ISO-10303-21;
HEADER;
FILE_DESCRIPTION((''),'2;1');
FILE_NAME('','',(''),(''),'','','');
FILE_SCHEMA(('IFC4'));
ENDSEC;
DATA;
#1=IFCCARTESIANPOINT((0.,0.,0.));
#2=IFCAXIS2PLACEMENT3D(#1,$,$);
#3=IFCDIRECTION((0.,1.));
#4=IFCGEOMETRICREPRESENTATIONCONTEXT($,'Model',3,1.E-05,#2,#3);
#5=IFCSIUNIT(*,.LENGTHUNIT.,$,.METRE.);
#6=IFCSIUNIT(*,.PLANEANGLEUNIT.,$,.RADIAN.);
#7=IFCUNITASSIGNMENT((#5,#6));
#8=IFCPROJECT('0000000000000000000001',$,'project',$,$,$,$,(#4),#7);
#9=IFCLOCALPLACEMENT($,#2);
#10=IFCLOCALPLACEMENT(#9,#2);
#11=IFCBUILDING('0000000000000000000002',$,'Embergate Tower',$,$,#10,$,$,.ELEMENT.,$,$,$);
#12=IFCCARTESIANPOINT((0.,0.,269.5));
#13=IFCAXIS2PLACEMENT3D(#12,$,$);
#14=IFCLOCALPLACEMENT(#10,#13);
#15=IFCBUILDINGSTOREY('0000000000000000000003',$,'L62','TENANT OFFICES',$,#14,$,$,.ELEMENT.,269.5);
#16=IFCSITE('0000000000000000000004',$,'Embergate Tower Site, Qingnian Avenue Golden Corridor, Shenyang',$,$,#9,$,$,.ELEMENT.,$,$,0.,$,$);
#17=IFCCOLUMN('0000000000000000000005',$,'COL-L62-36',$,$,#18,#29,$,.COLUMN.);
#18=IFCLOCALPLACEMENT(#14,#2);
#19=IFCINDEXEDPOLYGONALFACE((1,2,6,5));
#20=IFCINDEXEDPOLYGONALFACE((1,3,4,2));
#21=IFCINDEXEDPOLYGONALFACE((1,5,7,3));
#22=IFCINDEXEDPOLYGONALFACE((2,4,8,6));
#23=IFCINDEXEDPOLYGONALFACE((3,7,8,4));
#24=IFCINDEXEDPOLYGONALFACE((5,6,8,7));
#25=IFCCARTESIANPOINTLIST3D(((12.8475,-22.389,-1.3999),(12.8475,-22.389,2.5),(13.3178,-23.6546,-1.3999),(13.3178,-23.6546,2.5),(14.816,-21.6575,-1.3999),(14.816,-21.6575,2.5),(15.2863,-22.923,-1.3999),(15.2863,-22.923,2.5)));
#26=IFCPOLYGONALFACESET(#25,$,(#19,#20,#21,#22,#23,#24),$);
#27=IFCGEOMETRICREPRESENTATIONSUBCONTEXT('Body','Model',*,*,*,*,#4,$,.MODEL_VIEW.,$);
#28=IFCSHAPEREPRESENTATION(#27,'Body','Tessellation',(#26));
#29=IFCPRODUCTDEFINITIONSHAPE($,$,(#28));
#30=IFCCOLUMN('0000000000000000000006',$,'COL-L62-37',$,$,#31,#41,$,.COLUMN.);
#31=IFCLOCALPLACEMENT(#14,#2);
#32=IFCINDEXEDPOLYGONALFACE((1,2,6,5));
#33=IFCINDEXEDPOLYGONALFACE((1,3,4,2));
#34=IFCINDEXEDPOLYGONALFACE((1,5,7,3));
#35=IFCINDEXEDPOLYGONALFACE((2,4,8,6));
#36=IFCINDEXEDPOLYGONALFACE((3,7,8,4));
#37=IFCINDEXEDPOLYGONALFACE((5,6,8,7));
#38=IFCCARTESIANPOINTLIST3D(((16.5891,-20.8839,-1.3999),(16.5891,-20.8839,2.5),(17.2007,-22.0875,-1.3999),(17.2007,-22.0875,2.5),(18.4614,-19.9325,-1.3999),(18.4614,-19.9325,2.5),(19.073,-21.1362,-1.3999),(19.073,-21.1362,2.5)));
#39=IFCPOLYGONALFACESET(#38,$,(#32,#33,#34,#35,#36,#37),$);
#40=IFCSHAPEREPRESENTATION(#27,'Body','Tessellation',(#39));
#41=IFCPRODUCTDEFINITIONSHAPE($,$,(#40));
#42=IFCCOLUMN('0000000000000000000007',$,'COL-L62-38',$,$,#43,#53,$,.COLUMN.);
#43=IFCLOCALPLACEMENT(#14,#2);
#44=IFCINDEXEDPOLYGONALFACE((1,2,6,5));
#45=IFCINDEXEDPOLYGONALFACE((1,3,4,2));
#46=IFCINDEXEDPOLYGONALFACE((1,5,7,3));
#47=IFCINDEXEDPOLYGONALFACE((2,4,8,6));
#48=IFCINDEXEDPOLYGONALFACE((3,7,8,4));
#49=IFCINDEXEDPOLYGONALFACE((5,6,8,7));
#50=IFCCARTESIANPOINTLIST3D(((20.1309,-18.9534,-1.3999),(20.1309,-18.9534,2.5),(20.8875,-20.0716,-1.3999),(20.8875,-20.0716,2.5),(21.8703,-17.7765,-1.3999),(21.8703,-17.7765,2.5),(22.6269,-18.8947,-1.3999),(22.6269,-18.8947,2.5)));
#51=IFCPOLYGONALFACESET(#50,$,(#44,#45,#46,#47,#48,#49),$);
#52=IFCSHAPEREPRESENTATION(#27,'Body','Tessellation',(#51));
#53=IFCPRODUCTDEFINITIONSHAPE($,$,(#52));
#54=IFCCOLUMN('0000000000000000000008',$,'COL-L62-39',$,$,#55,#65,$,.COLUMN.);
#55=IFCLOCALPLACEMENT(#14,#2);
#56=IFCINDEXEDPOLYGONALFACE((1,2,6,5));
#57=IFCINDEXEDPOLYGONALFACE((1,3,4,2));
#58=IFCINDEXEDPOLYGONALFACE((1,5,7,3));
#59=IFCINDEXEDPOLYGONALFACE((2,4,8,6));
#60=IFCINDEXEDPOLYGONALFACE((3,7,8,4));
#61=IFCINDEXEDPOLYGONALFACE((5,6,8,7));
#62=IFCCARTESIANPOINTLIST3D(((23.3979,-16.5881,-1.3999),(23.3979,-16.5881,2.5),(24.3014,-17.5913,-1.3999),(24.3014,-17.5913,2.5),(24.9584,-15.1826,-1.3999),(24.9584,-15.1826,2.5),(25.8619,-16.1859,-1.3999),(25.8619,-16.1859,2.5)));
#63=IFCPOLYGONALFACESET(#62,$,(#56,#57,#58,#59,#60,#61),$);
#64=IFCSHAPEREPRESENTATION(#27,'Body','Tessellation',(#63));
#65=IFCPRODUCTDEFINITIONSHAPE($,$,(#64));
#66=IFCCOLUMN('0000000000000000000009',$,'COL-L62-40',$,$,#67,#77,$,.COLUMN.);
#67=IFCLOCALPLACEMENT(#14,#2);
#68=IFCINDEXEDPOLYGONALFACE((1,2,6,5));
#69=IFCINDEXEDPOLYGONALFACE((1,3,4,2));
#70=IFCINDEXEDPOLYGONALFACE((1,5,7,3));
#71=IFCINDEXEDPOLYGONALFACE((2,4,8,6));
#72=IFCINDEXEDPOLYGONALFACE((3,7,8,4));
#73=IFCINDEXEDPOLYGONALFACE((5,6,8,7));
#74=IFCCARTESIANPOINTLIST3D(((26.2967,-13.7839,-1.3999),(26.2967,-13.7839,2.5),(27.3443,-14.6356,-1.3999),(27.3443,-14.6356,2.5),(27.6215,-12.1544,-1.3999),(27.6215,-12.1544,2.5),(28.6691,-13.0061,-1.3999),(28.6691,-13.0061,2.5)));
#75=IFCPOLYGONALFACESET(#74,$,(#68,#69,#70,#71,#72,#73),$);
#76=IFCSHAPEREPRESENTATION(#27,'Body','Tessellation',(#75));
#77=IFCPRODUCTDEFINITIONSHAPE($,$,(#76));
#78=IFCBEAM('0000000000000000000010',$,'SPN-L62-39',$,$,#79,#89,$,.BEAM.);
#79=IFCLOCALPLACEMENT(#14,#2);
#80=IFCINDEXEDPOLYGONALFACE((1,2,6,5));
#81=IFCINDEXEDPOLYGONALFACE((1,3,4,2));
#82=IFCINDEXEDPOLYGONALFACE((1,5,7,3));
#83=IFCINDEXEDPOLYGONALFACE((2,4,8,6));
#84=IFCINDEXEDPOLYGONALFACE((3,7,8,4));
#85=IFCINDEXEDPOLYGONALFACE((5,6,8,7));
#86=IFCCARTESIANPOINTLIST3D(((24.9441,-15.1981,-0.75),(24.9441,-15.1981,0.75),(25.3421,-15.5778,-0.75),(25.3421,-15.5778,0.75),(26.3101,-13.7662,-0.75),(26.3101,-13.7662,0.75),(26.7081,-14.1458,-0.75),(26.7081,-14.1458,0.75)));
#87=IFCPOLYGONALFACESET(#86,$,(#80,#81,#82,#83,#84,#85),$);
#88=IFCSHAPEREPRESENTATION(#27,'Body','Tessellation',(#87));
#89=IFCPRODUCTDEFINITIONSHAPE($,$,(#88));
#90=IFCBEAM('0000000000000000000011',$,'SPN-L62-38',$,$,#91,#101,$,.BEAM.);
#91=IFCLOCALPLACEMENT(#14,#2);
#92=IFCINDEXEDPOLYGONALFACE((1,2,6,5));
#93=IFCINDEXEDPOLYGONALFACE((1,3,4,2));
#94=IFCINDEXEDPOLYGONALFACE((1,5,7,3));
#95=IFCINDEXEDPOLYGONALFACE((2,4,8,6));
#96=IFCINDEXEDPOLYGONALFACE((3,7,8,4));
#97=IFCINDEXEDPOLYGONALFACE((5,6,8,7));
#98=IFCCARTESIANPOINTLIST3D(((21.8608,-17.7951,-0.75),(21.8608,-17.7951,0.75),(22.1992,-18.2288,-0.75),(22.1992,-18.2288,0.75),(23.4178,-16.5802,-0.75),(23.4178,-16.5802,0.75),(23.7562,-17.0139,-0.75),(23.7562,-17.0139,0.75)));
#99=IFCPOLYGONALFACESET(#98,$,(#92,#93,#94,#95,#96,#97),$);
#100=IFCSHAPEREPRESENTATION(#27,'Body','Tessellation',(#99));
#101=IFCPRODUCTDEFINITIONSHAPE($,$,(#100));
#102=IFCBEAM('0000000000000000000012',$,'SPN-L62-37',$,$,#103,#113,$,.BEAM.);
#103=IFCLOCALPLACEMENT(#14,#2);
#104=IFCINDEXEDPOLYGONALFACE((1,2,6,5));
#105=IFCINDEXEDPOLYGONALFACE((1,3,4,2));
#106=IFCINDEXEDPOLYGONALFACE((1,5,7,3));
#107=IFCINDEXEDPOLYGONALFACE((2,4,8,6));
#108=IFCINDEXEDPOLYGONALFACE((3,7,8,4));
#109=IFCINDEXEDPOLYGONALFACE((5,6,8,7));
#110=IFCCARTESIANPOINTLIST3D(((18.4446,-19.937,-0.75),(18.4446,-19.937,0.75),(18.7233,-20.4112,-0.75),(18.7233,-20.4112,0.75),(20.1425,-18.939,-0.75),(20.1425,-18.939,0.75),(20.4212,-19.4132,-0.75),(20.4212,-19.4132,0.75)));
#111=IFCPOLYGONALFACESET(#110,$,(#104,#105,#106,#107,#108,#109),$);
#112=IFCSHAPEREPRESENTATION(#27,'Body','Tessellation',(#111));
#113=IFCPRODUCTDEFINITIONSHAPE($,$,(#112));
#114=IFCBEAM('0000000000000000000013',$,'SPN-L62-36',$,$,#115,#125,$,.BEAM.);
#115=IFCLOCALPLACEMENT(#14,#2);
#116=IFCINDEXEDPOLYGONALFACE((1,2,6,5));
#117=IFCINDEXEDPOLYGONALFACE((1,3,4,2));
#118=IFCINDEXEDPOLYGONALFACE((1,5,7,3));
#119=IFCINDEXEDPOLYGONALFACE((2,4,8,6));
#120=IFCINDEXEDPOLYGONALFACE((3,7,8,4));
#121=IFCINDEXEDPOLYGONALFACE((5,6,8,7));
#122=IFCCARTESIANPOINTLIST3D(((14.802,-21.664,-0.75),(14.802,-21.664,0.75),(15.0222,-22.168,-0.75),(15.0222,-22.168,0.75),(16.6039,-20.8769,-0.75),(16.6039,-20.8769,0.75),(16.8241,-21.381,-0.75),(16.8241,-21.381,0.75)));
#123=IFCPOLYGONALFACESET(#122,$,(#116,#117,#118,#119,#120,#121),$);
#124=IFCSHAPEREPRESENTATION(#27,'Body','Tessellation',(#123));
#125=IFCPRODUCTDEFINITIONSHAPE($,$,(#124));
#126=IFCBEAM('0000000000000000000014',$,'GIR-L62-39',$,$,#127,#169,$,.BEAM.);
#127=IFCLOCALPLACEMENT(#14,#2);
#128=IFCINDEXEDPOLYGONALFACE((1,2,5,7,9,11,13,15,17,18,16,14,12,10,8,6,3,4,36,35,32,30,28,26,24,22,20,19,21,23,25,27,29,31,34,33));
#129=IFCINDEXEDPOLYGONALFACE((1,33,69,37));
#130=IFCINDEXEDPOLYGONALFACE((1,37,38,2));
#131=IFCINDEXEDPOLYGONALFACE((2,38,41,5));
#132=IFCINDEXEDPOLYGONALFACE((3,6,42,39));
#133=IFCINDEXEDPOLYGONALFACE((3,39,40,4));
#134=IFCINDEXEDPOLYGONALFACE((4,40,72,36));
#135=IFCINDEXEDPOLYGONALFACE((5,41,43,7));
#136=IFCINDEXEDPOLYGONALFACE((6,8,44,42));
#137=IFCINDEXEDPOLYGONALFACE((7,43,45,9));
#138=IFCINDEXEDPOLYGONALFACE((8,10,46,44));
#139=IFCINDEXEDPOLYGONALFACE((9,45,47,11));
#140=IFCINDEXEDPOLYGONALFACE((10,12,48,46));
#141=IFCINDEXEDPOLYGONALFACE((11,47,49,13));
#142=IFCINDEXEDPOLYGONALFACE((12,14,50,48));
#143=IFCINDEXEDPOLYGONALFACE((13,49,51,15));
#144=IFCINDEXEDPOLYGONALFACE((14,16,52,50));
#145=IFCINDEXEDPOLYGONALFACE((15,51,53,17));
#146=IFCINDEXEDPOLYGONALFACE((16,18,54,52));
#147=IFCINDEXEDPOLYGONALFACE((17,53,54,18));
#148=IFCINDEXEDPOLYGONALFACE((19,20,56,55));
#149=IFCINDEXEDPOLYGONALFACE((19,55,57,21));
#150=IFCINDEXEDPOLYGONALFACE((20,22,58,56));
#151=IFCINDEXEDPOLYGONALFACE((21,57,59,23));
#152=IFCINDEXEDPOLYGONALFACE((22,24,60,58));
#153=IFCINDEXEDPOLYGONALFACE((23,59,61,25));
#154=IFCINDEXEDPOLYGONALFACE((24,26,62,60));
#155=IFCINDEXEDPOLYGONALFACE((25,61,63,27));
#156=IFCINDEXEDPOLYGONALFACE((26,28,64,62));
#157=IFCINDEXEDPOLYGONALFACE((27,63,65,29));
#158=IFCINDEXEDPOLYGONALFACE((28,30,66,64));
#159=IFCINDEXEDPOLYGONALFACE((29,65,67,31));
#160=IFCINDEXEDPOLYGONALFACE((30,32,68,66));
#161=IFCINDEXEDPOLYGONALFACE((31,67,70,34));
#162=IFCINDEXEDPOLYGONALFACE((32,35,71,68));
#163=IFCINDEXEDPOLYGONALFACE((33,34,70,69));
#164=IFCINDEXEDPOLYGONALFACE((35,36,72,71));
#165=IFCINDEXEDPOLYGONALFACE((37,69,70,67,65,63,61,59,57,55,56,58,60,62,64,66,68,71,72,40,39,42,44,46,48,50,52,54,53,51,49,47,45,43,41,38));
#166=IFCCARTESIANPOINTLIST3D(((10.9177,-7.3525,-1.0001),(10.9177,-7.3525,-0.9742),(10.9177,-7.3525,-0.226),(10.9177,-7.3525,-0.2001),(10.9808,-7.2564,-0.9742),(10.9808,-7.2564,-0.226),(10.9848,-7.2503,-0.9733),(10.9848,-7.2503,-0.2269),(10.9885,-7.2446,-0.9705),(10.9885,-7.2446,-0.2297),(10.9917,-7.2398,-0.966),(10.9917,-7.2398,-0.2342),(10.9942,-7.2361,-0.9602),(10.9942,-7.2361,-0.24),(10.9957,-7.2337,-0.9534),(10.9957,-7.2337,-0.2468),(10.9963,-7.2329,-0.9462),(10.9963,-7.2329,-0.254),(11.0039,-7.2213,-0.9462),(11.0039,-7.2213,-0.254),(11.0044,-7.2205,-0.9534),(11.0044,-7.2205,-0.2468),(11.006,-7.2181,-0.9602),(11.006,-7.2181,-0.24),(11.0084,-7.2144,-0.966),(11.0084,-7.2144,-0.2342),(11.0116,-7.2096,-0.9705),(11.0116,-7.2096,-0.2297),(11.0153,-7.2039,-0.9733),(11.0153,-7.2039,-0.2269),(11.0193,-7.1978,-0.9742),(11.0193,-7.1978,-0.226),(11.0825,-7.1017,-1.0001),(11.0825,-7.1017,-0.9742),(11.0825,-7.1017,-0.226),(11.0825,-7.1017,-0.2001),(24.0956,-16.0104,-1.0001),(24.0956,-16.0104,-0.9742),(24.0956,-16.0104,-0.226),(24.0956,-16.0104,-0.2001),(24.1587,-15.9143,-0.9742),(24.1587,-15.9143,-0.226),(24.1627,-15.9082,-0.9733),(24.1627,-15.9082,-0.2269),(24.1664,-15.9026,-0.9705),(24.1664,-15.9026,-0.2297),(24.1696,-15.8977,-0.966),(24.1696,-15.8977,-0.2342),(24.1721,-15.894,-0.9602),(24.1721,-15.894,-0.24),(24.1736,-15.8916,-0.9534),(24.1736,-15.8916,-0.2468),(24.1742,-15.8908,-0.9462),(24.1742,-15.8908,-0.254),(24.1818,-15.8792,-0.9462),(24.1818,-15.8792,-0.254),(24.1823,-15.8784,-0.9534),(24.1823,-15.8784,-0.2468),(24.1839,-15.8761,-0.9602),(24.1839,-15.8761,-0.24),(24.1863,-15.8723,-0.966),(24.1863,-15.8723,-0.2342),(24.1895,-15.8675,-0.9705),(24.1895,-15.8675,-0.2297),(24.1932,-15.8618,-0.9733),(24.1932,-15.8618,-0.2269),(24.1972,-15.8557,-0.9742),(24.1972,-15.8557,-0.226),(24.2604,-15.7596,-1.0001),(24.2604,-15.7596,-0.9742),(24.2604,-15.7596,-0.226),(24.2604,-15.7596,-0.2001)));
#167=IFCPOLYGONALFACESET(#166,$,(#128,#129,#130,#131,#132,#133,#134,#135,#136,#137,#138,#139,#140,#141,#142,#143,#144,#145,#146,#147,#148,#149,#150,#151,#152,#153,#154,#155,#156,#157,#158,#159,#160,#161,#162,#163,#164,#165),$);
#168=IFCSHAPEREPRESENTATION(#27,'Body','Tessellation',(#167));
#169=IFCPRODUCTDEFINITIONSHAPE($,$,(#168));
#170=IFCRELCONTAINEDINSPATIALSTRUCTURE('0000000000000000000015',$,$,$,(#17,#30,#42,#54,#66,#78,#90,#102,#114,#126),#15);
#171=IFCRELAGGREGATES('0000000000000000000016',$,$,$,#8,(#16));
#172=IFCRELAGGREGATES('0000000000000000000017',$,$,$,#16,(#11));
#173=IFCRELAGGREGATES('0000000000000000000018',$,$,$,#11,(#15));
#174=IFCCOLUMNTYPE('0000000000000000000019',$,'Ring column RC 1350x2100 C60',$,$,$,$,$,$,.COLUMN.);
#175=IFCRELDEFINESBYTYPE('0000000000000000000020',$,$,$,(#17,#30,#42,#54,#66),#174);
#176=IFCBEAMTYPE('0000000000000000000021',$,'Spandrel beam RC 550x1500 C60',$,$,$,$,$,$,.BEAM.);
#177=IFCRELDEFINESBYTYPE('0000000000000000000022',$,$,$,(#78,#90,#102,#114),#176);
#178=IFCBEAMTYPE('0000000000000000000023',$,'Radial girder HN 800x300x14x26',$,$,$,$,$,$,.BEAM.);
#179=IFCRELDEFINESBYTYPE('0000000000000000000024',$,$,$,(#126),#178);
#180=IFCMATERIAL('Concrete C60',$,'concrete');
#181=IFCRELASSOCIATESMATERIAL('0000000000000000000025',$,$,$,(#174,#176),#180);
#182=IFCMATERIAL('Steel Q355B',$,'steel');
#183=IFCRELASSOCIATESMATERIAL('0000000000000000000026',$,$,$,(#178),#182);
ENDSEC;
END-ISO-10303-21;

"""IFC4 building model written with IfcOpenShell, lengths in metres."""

from ifc_helpers import new_model, si_unit, direction, frame, origin, origin_2d, place, context, subcontext, project, spatial, rectangle, i_section, extrude, source, transform, mapped, material, material_profile, profile_set, type_object, element, save


model = new_model("IFC4")

# Units and contexts
model_context = context("Model", 3, precision=1e-05, world=origin(), true_north=direction((0.0, 1.0)))
body_context = subcontext(model_context, "Body", "Model", "MODEL_VIEW")
ifc_project = project(units=[si_unit("LENGTHUNIT", "METRE"), si_unit("PLANEANGLEUNIT", "RADIAN")], contexts=[model_context])

# Site, building, storey
site_placement = place(None, origin())
site = spatial("IfcSite", under=ifc_project, at=site_placement, Name="Embergate Tower Site, Qingnian Avenue Golden Corridor, Shenyang", CompositionType="ELEMENT", RefElevation=0.0)
building_placement = place(site_placement, origin())
building = spatial("IfcBuilding", under=site, at=building_placement, Name="Embergate Tower", CompositionType="ELEMENT")
storey_placement = place(building_placement, frame((0.0, 0.0, 269.5)))
storey = spatial("IfcBuildingStorey", under=building, at=storey_placement, Name="L62", Description="TENANT OFFICES", CompositionType="ELEMENT", Elevation=269.5)

# Columns
ifc_material_1 = material(Name="Concrete C60", Category="concrete")
ifc_material_profile_1 = material_profile(ifc_material_1, rectangle(XDim=1.3501, YDim=2.1001, at=origin_2d()), Name="RC 1350x2100")
ifc_profile_set_1 = profile_set([ifc_material_profile_1], Name="Concrete C60")
column_type = type_object("IfcColumnType", Name="Ring column RC 1350x2100 C60", PredefinedType="COLUMN", material=ifc_profile_set_1)
shared_shape_1 = source(origin(), body_context, "Body", "SweptSolid", [
    extrude(rectangle(XDim=1.3501, YDim=2.1001, at=origin_2d()), origin(), (0.0, 0.0, 1.0), 3.8999),
])
for number, where, z_axis, x_axis, name in (
    (1, (14.0669, -22.656, -1.3999), (0.0, 0.0, 1.0), (0.348343, -0.937367, 0.0), "COL-L62-36"),
    (2, (17.8311, -21.01, -1.3999), (0.0, 0.0, 1.0), (0.452995, -0.891513, 0.0), "COL-L62-37"),
    (3, (21.3789, -18.9241, -1.3999), (0.0, 0.0, 1.0), (0.560393, -0.828227, 0.0), "COL-L62-38"),
    (4, (24.6299, -16.387, -1.3999), (0.0, 0.0, 1.0), (0.669208, -0.743075, 0.0), "COL-L62-39"),
    (5, (27.4829, -13.395, -1.3999), (0.0, 0.0, 1.0), (0.775914, -0.630838, 0.0), "COL-L62-40"),
):
    element("IfcColumn", number, at=place(storey_placement, frame(where, z_axis=z_axis, x_axis=x_axis)), inside=storey, type_object=column_type, Name=name, PredefinedType="COLUMN", context=body_context, shape_type="MappedRepresentation", body=[
        mapped(shared_shape_1, transform((0.0, 0.0, 0.0))),
    ])

# Beams
ifc_material_profile_2 = material_profile(ifc_material_1, rectangle(XDim=0.55, YDim=1.5, at=origin_2d()), Name="RC 550x1500")
ifc_profile_set_2 = profile_set([ifc_material_profile_2], Name="Concrete C60")
beam_type_1 = type_object("IfcBeamType", Name="Spandrel beam RC 550x1500 C60", PredefinedType="BEAM", material=ifc_profile_set_2)
shared_shape_2 = source(origin(), body_context, "Body", "SweptSolid", [
    extrude(rectangle(XDim=0.55, YDim=1.5, at=origin_2d()), origin(), (0.0, 0.0, 1.0), 1.979),
])
beam_1_placement = place(storey_placement, frame((25.1431, -15.3879, 0.0), z_axis=(0.690256, 0.723566, 0.0), x_axis=(-0.723566, 0.690256, 0.0)))
element("IfcBeam", 6, at=beam_1_placement, inside=storey, type_object=beam_type_1, Name="SPN-L62-39", PredefinedType="BEAM", context=body_context, shape_type="MappedRepresentation", body=[
    mapped(shared_shape_2, transform((0.0, 0.0, 0.0))),
])
shared_shape_3 = source(origin(), body_context, "Body", "SweptSolid", [
    extrude(rectangle(XDim=0.55, YDim=1.5, at=origin_2d()), origin(), (0.0, 0.0, 1.0), 1.9749),
])
beam_2_placement = place(storey_placement, frame((22.03, -18.012, 0.0), z_axis=(0.788386, 0.615181, 0.0), x_axis=(-0.615181, 0.788386, 0.0)))
element("IfcBeam", 7, at=beam_2_placement, inside=storey, type_object=beam_type_1, Name="SPN-L62-38", PredefinedType="BEAM", context=body_context, shape_type="MappedRepresentation", body=[
    mapped(shared_shape_3, transform((0.0, 0.0, 0.0))),
])
shared_shape_4 = source(origin(), body_context, "Body", "SweptSolid", [
    extrude(rectangle(XDim=0.55, YDim=1.5, at=origin_2d()), origin(), (0.0, 0.0, 1.0), 1.9695),
])
beam_3_placement = place(storey_placement, frame((18.584, -20.1741, 0.0), z_axis=(0.862106, 0.506728, 0.0), x_axis=(-0.506728, 0.862106, 0.0)))
element("IfcBeam", 8, at=beam_3_placement, inside=storey, type_object=beam_type_1, Name="SPN-L62-37", PredefinedType="BEAM", context=body_context, shape_type="MappedRepresentation", body=[
    mapped(shared_shape_4, transform((0.0, 0.0, 0.0))),
])
shared_shape_5 = source(origin(), body_context, "Body", "SweptSolid", [
    extrude(rectangle(XDim=0.55, YDim=1.5, at=origin_2d()), origin(), (0.0, 0.0, 1.0), 1.9663),
])
beam_4_placement = place(storey_placement, frame((14.9121, -21.916, 0.0), z_axis=(0.916394, 0.400278, 0.0), x_axis=(-0.400278, 0.916394, 0.0)))
element("IfcBeam", 9, at=beam_4_placement, inside=storey, type_object=beam_type_1, Name="SPN-L62-36", PredefinedType="BEAM", context=body_context, shape_type="MappedRepresentation", body=[
    mapped(shared_shape_5, transform((0.0, 0.0, 0.0))),
])
ifc_material_2 = material(Name="Steel Q355B", Category="steel")
ifc_material_profile_3 = material_profile(ifc_material_2, i_section(OverallWidth=0.3, OverallDepth=0.8, WebThickness=0.0139, FlangeThickness=0.0259, FilletRadius=0.0281, at=origin_2d()), Name="HN 800x300x14x26")
ifc_profile_set_3 = profile_set([ifc_material_profile_3], Name="Steel Q355 grade B")
beam_type_2 = type_object("IfcBeamType", Name="Radial girder HN 800x300x14x26", PredefinedType="BEAM", material=ifc_profile_set_3)
shared_shape_6 = source(origin(), body_context, "Body", "SweptSolid", [
    extrude(i_section(OverallWidth=0.3, OverallDepth=0.8, WebThickness=0.0139, FlangeThickness=0.0259, FilletRadius=0.0281, at=origin_2d()), origin(), (0.0, 0.0, 1.0), 15.7676),
])
beam_5_placement = place(storey_placement, frame((24.178, -15.885, -0.6001), z_axis=(-0.835759, 0.549096, 0.0), x_axis=(-0.549096, -0.835759, 0.0)))
element("IfcBeam", 10, at=beam_5_placement, inside=storey, type_object=beam_type_2, Name="GIR-L62-39", PredefinedType="BEAM", context=body_context, shape_type="MappedRepresentation", body=[
    mapped(shared_shape_6, transform((0.0, 0.0, 0.0))),
])

save(model, "model.ifc")
